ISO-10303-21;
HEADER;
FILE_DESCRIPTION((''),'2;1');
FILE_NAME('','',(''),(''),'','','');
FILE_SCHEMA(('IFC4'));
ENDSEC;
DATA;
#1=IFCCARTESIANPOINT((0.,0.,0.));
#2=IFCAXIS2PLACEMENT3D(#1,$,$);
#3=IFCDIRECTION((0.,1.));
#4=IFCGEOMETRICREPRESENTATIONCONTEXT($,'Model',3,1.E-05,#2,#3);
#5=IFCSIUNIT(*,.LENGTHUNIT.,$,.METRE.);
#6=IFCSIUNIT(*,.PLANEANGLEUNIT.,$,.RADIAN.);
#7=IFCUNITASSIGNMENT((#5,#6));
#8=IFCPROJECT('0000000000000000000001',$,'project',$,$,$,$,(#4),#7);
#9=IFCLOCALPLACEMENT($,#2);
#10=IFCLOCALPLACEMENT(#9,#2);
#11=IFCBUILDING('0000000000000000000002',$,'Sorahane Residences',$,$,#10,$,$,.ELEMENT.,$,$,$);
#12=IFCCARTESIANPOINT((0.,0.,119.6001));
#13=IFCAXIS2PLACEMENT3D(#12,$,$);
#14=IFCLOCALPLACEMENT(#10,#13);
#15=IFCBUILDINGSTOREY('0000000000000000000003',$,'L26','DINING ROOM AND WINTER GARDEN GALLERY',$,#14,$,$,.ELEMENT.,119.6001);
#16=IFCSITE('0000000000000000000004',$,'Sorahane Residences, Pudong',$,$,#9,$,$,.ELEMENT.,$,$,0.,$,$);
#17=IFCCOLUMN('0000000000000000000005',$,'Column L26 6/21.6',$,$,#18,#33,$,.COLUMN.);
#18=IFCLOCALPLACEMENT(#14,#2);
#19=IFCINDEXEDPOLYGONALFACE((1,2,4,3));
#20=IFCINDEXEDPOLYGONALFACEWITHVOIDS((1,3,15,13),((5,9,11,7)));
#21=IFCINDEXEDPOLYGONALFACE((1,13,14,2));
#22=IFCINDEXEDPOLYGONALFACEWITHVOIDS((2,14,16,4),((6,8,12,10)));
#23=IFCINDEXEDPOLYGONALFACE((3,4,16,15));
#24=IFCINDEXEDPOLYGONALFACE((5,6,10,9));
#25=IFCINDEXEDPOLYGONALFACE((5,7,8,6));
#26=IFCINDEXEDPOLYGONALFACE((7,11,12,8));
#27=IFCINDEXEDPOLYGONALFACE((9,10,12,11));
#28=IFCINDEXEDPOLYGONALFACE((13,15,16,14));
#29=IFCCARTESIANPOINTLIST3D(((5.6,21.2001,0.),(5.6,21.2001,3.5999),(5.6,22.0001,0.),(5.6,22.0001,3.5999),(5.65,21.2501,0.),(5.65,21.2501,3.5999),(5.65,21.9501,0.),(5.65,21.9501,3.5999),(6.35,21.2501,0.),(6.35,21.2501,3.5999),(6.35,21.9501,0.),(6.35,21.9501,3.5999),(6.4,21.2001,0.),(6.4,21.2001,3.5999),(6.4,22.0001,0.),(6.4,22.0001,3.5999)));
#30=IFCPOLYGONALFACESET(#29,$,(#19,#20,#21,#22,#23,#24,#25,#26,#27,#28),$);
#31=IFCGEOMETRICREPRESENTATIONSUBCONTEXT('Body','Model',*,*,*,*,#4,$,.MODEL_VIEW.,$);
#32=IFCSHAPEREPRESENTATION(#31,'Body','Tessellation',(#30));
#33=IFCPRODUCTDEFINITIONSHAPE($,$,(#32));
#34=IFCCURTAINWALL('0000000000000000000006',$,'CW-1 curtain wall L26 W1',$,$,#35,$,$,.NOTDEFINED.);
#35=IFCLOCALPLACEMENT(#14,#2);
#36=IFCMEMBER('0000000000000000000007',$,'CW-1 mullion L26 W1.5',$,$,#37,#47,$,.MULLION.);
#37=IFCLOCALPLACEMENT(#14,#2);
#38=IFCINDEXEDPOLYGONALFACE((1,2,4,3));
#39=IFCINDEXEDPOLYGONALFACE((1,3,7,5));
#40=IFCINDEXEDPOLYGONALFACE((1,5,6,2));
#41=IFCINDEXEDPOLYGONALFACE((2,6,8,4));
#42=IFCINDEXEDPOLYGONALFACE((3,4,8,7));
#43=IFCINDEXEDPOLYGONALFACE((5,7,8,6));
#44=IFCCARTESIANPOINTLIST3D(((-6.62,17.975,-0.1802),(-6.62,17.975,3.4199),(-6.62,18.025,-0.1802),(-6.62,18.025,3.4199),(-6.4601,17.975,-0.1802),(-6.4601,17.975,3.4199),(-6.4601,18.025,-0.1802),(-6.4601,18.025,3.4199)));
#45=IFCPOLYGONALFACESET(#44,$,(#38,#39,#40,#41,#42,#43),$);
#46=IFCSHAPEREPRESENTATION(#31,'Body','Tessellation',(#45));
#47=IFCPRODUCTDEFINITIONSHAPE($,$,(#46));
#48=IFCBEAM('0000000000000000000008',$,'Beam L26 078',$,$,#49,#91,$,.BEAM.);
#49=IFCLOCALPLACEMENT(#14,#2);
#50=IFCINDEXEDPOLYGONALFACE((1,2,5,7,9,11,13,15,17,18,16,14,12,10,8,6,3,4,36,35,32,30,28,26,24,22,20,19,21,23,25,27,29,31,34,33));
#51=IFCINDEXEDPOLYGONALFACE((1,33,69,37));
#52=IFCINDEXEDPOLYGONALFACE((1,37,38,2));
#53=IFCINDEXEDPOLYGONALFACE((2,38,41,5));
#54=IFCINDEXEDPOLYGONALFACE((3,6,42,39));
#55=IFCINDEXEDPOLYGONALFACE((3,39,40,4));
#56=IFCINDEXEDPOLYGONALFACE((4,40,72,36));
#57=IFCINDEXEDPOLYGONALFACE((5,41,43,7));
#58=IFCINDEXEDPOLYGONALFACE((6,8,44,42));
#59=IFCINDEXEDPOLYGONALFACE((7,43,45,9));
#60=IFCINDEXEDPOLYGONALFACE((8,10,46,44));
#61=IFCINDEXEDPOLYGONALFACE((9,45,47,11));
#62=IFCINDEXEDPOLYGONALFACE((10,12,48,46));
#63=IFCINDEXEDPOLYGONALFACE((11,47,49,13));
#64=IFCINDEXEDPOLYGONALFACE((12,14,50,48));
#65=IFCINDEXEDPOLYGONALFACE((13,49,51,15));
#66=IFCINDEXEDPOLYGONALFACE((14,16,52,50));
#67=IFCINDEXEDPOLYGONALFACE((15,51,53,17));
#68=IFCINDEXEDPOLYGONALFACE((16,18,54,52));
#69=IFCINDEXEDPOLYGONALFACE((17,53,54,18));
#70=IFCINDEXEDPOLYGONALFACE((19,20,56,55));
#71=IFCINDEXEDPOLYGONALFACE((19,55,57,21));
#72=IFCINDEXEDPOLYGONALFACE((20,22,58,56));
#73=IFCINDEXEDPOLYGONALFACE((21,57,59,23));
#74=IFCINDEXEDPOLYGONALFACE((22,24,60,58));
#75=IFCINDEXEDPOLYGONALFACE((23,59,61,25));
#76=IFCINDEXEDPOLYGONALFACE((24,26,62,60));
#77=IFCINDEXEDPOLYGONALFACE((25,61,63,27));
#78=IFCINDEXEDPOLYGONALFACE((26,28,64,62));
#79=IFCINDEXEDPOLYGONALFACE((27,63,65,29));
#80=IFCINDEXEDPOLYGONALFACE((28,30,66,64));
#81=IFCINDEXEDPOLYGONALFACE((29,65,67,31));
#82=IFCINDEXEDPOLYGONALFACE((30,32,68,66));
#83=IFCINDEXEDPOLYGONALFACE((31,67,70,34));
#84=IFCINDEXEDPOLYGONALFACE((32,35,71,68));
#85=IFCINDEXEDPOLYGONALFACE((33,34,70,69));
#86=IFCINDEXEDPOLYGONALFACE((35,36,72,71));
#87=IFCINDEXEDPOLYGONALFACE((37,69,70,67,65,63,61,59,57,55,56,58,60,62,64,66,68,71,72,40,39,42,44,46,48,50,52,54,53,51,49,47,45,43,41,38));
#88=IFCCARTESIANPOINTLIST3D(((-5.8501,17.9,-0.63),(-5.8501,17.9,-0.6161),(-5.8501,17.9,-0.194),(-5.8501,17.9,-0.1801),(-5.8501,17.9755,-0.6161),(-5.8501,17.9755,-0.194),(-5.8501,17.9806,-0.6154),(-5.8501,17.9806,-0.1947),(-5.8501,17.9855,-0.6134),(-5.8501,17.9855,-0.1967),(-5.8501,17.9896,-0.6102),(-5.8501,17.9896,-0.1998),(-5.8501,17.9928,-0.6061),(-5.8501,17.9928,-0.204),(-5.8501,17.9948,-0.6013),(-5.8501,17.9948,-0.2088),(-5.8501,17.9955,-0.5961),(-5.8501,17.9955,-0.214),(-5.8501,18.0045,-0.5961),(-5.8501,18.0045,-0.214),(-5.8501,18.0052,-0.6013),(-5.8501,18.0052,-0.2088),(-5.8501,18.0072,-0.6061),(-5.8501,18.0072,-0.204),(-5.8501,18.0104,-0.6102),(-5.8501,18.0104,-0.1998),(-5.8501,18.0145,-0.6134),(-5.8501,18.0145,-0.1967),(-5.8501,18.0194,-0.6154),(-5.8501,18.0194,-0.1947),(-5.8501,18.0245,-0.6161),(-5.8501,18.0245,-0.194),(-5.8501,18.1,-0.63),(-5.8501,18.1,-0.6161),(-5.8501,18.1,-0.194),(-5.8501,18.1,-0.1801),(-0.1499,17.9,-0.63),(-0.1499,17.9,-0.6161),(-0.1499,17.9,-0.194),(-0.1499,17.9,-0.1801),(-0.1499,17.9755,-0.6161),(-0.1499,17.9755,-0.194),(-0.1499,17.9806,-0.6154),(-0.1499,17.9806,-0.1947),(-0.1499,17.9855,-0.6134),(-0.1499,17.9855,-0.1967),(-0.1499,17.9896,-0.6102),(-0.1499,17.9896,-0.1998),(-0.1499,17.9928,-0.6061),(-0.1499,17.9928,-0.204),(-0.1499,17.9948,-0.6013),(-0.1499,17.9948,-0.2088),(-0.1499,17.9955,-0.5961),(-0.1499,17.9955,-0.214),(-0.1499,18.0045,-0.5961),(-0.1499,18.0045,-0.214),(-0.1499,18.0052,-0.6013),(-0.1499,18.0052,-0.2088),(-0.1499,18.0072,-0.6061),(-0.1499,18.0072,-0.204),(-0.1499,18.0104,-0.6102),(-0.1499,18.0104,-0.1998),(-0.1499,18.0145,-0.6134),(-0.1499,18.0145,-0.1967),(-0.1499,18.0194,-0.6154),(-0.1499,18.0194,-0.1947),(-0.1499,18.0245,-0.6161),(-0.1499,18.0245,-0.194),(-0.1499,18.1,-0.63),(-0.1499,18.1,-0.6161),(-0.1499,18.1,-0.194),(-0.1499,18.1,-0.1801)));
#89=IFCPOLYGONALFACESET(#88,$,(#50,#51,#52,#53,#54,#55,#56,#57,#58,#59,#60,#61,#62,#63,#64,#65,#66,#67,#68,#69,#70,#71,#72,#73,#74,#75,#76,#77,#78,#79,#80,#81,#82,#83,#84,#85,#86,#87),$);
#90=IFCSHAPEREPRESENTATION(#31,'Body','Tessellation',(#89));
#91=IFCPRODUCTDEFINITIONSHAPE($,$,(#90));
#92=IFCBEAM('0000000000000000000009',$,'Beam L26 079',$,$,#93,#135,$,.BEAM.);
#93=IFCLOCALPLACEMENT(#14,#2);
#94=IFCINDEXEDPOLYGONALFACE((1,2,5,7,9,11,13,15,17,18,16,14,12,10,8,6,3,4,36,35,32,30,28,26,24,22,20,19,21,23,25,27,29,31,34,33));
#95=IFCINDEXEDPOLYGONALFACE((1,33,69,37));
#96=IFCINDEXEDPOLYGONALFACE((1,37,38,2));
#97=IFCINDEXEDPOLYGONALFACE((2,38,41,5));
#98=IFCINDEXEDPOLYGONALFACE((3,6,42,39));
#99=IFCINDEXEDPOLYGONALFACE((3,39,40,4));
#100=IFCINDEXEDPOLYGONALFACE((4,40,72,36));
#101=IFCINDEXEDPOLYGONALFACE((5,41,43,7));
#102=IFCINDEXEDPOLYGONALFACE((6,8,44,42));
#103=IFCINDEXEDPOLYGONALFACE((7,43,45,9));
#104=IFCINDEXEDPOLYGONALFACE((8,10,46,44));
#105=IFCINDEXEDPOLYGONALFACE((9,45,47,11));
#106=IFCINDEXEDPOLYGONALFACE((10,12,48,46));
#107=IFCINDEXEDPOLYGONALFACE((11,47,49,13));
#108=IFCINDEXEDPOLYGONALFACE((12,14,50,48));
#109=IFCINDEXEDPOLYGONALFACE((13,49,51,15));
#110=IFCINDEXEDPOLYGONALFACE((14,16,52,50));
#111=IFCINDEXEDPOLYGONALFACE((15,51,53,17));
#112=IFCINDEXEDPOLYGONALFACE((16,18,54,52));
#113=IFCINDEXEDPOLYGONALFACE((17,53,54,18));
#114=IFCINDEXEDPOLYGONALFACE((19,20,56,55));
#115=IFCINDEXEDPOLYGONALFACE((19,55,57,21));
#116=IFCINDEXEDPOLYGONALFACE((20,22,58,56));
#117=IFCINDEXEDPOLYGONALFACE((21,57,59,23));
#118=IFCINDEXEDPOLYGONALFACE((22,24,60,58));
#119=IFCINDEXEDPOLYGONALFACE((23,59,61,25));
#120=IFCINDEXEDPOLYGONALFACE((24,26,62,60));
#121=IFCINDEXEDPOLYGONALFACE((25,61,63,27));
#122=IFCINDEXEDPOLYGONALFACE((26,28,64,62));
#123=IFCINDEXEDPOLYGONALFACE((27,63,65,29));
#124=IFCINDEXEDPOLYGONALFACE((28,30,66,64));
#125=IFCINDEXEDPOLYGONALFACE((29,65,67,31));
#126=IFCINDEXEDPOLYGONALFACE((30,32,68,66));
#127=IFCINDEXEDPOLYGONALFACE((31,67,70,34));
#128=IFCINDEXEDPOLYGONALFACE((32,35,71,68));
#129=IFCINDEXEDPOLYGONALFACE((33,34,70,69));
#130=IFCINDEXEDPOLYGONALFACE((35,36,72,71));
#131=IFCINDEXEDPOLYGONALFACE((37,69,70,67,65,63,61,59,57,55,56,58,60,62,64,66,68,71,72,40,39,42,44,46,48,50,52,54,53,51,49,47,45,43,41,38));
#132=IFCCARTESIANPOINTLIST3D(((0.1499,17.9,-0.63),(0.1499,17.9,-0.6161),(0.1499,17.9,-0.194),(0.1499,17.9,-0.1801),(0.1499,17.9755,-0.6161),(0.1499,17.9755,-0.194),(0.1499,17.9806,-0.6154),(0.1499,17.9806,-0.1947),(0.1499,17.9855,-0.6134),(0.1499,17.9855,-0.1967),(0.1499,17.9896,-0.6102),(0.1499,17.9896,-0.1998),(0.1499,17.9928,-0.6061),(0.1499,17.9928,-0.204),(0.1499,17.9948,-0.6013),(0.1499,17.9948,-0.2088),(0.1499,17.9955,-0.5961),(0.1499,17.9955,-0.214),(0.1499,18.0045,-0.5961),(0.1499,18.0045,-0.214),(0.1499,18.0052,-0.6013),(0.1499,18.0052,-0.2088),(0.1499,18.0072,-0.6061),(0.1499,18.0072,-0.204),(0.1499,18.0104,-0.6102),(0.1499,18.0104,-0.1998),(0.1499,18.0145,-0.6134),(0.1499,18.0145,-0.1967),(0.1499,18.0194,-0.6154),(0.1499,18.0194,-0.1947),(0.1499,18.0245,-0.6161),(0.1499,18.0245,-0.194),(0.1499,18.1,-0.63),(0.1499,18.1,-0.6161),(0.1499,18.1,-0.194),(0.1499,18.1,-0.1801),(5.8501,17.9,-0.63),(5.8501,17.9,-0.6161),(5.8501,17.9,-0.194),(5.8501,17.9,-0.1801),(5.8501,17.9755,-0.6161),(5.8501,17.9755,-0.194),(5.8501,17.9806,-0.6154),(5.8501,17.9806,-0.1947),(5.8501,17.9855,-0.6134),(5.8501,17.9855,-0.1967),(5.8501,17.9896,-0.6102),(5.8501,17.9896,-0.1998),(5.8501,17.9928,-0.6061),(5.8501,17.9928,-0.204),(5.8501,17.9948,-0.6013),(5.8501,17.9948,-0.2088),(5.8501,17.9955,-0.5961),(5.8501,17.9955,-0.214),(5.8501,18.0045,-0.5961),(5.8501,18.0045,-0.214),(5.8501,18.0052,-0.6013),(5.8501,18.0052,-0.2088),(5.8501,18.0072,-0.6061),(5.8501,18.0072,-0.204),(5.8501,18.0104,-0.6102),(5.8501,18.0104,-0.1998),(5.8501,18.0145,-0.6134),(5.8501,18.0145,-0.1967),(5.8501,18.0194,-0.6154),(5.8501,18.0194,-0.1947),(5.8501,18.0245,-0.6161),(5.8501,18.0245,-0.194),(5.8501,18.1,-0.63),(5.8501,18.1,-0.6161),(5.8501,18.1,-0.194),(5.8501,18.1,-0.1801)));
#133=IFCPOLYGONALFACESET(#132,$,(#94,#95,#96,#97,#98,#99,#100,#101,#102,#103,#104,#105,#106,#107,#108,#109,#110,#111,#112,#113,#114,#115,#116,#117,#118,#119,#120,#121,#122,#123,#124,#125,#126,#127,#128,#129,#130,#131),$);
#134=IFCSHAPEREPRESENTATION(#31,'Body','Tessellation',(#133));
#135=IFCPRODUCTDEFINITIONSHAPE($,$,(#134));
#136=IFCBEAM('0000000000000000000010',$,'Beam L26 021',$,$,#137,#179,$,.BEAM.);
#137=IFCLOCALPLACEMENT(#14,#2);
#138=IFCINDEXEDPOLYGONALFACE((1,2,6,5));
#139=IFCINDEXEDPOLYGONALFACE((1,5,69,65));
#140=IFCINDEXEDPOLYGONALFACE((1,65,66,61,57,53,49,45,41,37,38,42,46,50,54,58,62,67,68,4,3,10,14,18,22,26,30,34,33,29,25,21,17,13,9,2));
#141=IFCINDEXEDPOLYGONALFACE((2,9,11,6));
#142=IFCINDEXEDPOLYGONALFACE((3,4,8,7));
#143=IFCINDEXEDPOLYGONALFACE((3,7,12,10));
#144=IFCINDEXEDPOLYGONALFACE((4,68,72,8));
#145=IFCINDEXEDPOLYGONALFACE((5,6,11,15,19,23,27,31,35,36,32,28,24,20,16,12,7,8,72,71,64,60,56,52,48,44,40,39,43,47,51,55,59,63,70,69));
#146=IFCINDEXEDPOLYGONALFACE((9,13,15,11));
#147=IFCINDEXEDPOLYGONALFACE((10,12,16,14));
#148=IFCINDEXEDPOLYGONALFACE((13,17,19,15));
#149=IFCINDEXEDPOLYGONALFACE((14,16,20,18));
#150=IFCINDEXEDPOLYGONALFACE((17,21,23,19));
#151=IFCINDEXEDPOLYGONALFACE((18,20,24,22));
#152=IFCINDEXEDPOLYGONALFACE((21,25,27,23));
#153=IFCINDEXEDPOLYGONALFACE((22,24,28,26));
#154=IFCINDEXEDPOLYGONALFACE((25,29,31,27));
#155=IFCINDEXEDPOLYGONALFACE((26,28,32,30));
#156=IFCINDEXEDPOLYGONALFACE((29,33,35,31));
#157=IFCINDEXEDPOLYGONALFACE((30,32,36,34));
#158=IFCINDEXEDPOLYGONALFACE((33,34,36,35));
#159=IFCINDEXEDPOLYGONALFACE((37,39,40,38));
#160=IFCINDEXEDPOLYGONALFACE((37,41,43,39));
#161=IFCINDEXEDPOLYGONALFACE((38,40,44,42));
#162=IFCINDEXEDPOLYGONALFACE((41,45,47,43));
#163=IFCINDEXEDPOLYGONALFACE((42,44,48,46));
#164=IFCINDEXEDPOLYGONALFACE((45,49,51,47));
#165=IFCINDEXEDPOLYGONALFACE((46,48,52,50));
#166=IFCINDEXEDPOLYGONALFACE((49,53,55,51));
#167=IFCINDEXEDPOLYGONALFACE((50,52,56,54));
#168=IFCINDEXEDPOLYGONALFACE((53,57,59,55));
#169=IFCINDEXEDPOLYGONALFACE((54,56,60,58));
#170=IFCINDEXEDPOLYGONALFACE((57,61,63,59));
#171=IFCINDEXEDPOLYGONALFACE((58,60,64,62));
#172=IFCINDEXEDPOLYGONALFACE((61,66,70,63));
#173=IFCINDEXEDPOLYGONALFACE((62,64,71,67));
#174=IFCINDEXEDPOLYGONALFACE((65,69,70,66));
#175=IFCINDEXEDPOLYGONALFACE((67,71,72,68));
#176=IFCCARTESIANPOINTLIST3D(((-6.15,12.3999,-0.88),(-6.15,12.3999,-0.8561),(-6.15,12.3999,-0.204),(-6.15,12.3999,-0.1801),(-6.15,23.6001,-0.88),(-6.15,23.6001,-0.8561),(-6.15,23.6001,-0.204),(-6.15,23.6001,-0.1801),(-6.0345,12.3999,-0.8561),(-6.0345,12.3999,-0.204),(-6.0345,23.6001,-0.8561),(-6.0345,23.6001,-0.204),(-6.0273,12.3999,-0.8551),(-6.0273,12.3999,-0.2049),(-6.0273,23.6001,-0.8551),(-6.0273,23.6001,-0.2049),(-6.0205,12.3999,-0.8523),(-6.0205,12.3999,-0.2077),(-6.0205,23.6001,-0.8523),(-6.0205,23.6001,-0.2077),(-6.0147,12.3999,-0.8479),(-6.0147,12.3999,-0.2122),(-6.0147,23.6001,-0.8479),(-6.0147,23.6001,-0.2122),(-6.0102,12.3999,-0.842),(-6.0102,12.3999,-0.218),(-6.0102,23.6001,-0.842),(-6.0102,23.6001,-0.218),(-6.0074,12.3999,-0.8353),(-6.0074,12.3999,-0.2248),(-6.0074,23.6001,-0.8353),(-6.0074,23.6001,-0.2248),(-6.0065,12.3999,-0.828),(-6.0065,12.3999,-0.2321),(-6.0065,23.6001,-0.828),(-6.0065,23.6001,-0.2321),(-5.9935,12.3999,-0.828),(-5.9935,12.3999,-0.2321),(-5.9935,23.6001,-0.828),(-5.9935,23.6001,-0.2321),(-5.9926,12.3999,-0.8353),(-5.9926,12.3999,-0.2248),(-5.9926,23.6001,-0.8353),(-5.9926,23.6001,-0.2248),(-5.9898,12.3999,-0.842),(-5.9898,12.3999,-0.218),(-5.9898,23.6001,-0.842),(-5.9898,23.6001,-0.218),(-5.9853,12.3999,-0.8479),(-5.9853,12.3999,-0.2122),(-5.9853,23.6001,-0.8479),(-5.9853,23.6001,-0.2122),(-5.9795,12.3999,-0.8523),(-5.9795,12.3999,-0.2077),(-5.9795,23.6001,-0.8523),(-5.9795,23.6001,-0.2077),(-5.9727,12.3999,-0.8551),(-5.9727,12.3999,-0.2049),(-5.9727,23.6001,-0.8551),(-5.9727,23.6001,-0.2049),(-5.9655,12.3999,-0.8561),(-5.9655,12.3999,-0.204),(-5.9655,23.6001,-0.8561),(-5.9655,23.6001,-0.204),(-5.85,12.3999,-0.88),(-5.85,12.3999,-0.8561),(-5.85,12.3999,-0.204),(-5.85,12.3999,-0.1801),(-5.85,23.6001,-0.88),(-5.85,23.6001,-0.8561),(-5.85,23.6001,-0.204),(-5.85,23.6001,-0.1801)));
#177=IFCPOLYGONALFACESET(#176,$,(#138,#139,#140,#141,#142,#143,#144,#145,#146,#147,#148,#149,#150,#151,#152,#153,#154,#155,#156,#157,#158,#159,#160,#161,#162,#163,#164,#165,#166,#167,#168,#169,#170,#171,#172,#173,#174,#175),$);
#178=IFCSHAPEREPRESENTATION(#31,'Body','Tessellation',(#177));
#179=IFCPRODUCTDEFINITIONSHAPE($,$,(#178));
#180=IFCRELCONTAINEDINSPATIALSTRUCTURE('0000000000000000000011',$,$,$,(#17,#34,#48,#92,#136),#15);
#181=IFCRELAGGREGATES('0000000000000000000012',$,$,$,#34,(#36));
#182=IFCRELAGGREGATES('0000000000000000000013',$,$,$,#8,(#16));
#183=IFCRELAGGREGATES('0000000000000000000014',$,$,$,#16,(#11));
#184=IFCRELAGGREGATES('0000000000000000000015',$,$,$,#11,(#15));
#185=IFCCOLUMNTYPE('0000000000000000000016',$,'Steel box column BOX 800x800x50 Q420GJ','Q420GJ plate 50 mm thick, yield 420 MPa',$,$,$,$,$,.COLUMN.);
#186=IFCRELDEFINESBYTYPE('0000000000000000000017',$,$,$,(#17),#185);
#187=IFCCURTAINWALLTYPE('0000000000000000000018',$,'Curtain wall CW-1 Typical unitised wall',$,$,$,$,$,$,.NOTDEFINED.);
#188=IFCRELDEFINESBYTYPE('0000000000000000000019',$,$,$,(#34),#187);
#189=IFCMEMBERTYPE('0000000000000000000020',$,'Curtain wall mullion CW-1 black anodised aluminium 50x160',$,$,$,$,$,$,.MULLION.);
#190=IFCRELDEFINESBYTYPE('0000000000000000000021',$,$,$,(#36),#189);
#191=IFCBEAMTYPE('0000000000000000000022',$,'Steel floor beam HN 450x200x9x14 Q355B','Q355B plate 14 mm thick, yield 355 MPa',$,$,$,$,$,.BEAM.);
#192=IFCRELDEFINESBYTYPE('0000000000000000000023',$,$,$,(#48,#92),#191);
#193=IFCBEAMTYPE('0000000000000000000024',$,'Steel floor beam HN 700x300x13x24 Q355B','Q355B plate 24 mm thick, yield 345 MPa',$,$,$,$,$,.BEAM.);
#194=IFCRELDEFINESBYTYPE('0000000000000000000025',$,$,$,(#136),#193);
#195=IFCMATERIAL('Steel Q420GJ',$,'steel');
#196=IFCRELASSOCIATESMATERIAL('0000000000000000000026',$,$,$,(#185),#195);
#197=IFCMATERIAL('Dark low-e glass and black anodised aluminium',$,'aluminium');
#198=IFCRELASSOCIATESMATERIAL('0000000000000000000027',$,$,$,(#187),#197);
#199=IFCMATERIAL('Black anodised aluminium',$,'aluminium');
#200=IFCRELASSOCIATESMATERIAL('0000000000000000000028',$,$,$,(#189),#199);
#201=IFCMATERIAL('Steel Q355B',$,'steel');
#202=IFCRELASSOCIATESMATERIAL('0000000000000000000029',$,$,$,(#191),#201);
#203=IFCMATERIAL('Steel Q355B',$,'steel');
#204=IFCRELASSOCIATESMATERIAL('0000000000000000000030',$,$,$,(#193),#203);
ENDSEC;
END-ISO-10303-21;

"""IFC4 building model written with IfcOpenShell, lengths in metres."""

from ifc_helpers import new_model, si_unit, direction, frame, origin, origin_2d, place, context, subcontext, project, spatial, rectangle, hollow_rectangle, i_section, extrude, material, material_profile, profile_set, type_object, element, aggregate, save


model = new_model("IFC4")

# Units and contexts
model_context = context("Model", 3, precision=1e-05, world=origin(), true_north=direction((0.0, 1.0)))
body_context = subcontext(model_context, "Body", "Model", "MODEL_VIEW")
ifc_project = project(units=[si_unit("LENGTHUNIT", "METRE"), si_unit("PLANEANGLEUNIT", "RADIAN")], contexts=[model_context])

# Site, building, storey
site_placement = place(None, origin())
site = spatial("IfcSite", under=ifc_project, at=site_placement, Name="Sorahane Residences, Pudong", CompositionType="ELEMENT", RefElevation=0.0)
building_placement = place(site_placement, origin())
building = spatial("IfcBuilding", under=site, at=building_placement, Name="Sorahane Residences", CompositionType="ELEMENT")
storey_placement = place(building_placement, frame((0.0, 0.0, 119.6001)))
storey = spatial("IfcBuildingStorey", under=building, at=storey_placement, Name="L26", Description="DINING ROOM AND WINTER GARDEN GALLERY", CompositionType="ELEMENT", Elevation=119.6001)

# Column
ifc_material_1 = material(Name="Steel Q420GJ", Category="steel")
ifc_material_profile_1 = material_profile(ifc_material_1, hollow_rectangle(XDim=0.8, YDim=0.8, WallThickness=0.05, at=origin_2d()), Name="BOX 800x800x50")
ifc_profile_set_1 = profile_set([ifc_material_profile_1], Name="Steel Q420GJ")
column_type = type_object("IfcColumnType", Name="Steel box column BOX 800x800x50 Q420GJ", Description="Q420GJ plate 50 mm thick, yield 420 MPa", PredefinedType="COLUMN", material=ifc_profile_set_1)
column_placement = place(storey_placement, frame((6.0, 21.6001, 0.0), z_axis=(0.0, 0.0, 1.0), x_axis=(1.0, 0.0, 0.0)))
element("IfcColumn", 1, at=column_placement, inside=storey, type_object=column_type, Name="Column L26 6/21.6", PredefinedType="COLUMN", context=body_context, shape_type="SweptSolid", body=[
    extrude(hollow_rectangle(XDim=0.8, YDim=0.8, WallThickness=0.05, at=origin_2d()), origin(), (0.0, 0.0, 1.0), 3.5999),
])

# Curtain wall, member
ifc_material_2 = material(Name="Dark low-e glass and black anodised aluminium", Category="aluminium")
curtain_wall_type = type_object("IfcCurtainWallType", Name="Curtain wall CW-1 Typical unitised wall", PredefinedType="NOTDEFINED", material=ifc_material_2)
curtain_wall_placement = place(storey_placement, origin())
curtain_wall = element("IfcCurtainWall", 2, at=curtain_wall_placement, inside=storey, type_object=curtain_wall_type, Name="CW-1 curtain wall L26 W1", PredefinedType="NOTDEFINED")
ifc_material_3 = material(Name="Black anodised aluminium", Category="aluminium")
ifc_material_profile_2 = material_profile(ifc_material_3, rectangle(XDim=0.1599, YDim=0.05, at=origin_2d()), Name="Curtain wall mullion CW-1 black anodised aluminium 50x160")
ifc_profile_set_2 = profile_set([ifc_material_profile_2], Name="Black anodised aluminium")
member_type = type_object("IfcMemberType", Name="Curtain wall mullion CW-1 black anodised aluminium 50x160", PredefinedType="MULLION", material=ifc_profile_set_2)
member_placement = place(storey_placement, frame((-6.54, 18.0, -0.1802), z_axis=(0.0, 0.0, 1.0), x_axis=(-1.0, 0.0, 0.0)))
member = element("IfcMember", 3, at=member_placement, type_object=member_type, Name="CW-1 mullion L26 W1.5", PredefinedType="MULLION", context=body_context, shape_type="SweptSolid", body=[
    extrude(rectangle(XDim=0.1599, YDim=0.05, at=origin_2d()), origin(), (0.0, 0.0, 1.0), 3.6001),
])

# Beams
ifc_material_4 = material(Name="Steel Q355B", Category="steel")
ifc_material_profile_3 = material_profile(ifc_material_4, i_section(OverallWidth=0.2, OverallDepth=0.45, WebThickness=0.009, FlangeThickness=0.0139, FilletRadius=0.02, at=origin_2d()), Name="HN 450x200x9x14")
ifc_profile_set_3 = profile_set([ifc_material_profile_3], Name="Steel Q355B")
beam_type_1 = type_object("IfcBeamType", Name="Steel floor beam HN 450x200x9x14 Q355B", Description="Q355B plate 14 mm thick, yield 355 MPa", PredefinedType="BEAM", material=ifc_profile_set_3)
for number, where, z_axis, x_axis, name in (
    (4, (-5.8501, 18.0, -0.405), (1.0, 0.0, 0.0), (0.0, 1.0, 0.0), "Beam L26 078"),
    (5, (0.1499, 18.0, -0.405), (1.0, 0.0, 0.0), (0.0, 1.0, 0.0), "Beam L26 079"),
):
    element("IfcBeam", number, at=place(storey_placement, frame(where, z_axis=z_axis, x_axis=x_axis)), inside=storey, type_object=beam_type_1, Name=name, PredefinedType="BEAM", context=body_context, shape_type="SweptSolid", body=[
        extrude(i_section(OverallWidth=0.2, OverallDepth=0.45, WebThickness=0.009, FlangeThickness=0.0139, FilletRadius=0.02, at=origin_2d()), origin(), (0.0, 0.0, 1.0), 5.7002),
    ])
ifc_material_5 = material(Name="Steel Q355B", Category="steel")
ifc_material_profile_4 = material_profile(ifc_material_5, i_section(OverallWidth=0.3, OverallDepth=0.7, WebThickness=0.0129, FlangeThickness=0.0239, FilletRadius=0.0281, at=origin_2d()), Name="HN 700x300x13x24")
ifc_profile_set_4 = profile_set([ifc_material_profile_4], Name="Steel Q355B")
beam_type_2 = type_object("IfcBeamType", Name="Steel floor beam HN 700x300x13x24 Q355B", Description="Q355B plate 24 mm thick, yield 345 MPa", PredefinedType="BEAM", material=ifc_profile_set_4)
beam_1_placement = place(storey_placement, frame((-6.0, 12.3999, -0.53), z_axis=(0.0, 1.0, 0.0), x_axis=(-1.0, 0.0, 0.0)))
element("IfcBeam", 6, at=beam_1_placement, inside=storey, type_object=beam_type_2, Name="Beam L26 021", PredefinedType="BEAM", context=body_context, shape_type="SweptSolid", body=[
    extrude(i_section(OverallWidth=0.3, OverallDepth=0.7, WebThickness=0.0129, FlangeThickness=0.0239, FilletRadius=0.0281, at=origin_2d()), origin(), (0.0, 0.0, 1.0), 11.2002),
])

aggregate(curtain_wall, [member])

save(model, "model.ifc")
